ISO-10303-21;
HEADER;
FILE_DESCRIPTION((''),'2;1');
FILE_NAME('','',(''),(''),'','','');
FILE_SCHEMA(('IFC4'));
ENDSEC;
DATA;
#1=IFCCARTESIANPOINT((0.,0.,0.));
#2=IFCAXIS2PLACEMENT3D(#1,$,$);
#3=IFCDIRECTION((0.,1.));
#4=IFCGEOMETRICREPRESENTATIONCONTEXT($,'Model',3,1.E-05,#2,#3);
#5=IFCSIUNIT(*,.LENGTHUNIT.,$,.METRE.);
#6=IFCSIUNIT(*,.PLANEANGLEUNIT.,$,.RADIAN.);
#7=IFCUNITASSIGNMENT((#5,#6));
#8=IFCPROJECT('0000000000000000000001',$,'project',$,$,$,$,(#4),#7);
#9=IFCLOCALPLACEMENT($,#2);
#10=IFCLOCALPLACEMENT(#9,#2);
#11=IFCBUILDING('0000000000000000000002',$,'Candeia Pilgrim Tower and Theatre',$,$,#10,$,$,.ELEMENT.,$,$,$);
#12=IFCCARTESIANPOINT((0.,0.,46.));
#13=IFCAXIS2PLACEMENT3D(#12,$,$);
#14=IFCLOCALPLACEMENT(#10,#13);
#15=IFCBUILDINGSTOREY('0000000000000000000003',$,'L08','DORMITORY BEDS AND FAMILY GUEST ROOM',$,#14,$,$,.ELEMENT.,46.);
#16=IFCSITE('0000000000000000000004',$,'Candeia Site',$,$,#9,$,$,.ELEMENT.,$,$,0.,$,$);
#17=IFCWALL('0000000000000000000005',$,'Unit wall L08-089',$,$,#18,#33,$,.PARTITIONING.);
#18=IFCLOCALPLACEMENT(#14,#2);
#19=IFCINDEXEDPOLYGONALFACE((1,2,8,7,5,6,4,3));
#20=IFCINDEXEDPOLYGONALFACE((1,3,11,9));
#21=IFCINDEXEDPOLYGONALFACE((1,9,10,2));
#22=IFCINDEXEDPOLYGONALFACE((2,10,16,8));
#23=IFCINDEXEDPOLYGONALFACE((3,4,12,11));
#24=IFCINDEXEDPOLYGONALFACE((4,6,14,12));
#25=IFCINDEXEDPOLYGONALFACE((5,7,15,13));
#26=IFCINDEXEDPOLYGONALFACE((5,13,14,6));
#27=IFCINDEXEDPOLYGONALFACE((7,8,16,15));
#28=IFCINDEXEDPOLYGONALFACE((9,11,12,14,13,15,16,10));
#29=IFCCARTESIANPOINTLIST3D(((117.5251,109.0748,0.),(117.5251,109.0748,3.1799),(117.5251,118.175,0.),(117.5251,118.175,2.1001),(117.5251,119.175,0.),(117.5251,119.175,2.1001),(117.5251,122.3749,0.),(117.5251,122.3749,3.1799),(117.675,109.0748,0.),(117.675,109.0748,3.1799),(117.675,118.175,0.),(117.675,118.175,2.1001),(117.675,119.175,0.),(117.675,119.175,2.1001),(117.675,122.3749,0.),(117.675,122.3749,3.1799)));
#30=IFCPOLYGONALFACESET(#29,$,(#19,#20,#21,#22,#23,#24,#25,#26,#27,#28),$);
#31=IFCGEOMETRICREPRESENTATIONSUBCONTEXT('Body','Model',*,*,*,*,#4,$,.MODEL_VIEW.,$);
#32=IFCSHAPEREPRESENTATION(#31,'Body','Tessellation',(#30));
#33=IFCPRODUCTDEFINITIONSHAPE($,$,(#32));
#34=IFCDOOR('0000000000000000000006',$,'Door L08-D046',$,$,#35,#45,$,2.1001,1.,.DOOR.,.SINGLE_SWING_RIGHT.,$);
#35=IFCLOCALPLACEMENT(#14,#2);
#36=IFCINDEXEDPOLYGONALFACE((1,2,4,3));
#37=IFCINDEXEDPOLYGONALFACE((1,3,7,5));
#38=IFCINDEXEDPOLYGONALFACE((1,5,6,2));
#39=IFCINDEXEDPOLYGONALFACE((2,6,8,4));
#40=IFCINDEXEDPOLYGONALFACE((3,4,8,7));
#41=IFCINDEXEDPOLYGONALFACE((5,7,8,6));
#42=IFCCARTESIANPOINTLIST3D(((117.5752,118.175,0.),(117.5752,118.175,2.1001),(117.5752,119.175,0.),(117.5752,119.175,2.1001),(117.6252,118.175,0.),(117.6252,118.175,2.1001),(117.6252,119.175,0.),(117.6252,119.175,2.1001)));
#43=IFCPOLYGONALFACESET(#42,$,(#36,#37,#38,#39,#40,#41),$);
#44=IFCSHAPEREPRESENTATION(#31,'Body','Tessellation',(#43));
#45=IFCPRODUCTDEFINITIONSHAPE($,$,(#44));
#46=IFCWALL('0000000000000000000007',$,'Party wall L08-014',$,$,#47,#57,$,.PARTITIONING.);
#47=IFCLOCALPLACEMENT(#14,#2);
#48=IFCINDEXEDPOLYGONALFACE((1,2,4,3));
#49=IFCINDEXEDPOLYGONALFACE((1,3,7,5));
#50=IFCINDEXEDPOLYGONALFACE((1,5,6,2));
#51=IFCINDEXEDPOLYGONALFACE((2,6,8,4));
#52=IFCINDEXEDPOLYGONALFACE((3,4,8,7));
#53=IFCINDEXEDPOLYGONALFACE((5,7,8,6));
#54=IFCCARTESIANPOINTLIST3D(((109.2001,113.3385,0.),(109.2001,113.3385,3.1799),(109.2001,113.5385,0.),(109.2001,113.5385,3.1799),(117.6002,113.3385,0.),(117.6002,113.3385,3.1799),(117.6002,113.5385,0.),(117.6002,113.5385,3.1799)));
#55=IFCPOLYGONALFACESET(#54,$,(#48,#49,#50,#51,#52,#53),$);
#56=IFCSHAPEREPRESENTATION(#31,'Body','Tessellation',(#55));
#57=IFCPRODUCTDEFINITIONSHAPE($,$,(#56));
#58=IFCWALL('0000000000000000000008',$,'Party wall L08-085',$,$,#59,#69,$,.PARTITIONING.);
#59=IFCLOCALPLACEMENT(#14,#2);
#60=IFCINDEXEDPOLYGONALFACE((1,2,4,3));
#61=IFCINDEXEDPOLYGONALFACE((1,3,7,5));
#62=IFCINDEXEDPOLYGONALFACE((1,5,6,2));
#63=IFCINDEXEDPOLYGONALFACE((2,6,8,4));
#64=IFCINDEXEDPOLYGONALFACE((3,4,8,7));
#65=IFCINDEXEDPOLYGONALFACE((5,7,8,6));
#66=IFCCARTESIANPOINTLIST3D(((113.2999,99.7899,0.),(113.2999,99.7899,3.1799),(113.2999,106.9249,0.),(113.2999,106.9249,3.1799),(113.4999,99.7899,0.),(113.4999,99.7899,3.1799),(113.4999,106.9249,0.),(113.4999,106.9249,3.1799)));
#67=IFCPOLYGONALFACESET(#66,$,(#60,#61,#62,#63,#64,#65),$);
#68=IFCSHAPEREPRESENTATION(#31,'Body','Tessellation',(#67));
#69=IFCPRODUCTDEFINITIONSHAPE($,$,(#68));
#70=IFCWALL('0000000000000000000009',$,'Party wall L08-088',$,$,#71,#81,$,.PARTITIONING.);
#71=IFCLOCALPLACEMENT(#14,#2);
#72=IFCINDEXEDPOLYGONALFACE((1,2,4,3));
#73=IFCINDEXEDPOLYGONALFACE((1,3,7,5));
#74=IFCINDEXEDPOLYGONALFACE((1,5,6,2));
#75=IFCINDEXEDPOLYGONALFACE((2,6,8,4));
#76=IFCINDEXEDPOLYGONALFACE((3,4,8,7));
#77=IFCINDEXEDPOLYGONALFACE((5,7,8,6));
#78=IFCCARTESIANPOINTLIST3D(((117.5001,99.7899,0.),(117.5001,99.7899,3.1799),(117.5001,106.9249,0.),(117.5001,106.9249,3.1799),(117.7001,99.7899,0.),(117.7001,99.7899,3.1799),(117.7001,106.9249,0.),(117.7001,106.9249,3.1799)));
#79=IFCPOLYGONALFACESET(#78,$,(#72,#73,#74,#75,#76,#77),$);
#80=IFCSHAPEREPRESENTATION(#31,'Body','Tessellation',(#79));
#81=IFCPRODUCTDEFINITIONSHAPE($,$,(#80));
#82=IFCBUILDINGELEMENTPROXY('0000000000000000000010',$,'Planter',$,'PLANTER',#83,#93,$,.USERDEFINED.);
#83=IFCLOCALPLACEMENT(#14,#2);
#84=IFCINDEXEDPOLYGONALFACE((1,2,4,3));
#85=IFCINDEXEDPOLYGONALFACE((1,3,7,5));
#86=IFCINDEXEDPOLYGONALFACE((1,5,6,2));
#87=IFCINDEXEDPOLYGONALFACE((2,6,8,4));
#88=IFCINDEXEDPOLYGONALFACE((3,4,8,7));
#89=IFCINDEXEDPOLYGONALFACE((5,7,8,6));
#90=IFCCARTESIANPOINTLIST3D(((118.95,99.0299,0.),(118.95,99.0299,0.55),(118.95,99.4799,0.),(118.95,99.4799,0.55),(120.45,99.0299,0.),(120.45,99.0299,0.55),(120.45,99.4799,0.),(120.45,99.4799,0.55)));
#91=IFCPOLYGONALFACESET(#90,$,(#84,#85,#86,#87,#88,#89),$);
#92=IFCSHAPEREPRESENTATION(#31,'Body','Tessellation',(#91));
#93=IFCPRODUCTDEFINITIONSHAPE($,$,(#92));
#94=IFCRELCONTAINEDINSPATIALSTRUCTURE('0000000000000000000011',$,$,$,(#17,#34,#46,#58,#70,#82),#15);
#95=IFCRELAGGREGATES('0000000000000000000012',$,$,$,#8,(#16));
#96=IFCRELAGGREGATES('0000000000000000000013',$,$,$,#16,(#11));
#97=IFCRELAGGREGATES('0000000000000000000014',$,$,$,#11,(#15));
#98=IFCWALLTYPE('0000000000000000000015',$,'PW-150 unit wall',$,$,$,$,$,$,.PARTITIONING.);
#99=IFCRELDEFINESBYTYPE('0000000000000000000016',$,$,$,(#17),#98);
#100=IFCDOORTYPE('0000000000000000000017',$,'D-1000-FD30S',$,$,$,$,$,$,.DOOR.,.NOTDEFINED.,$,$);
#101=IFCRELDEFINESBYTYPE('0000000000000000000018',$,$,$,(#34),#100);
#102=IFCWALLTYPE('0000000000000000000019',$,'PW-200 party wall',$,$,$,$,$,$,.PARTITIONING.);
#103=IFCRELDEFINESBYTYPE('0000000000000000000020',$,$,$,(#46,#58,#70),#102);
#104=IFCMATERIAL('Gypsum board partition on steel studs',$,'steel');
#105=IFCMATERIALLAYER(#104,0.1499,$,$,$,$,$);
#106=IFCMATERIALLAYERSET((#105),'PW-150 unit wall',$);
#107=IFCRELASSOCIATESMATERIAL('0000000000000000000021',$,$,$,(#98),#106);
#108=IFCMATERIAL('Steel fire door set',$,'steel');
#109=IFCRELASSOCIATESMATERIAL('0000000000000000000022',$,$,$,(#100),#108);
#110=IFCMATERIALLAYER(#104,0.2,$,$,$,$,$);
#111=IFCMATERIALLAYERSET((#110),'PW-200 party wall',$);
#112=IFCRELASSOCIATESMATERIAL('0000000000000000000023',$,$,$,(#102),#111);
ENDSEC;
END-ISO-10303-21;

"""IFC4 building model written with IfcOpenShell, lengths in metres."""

from ifc_helpers import new_model, si_unit, direction, frame, frame_2d, origin, origin_2d, place, context, subcontext, project, spatial, rectangle, extrude, material, layer, layer_set, type_object, element, fill, save


model = new_model("IFC4")

# Units and contexts
model_context = context("Model", 3, precision=1e-05, world=origin(), true_north=direction((0.0, 1.0)))
body_context = subcontext(model_context, "Body", "Model", "MODEL_VIEW")
ifc_project = project(units=[si_unit("LENGTHUNIT", "METRE"), si_unit("PLANEANGLEUNIT", "RADIAN")], contexts=[model_context])

# Site, building, storey
site_placement = place(None, origin())
site = spatial("IfcSite", under=ifc_project, at=site_placement, Name="Candeia Site", CompositionType="ELEMENT", RefElevation=0.0)
building_placement = place(site_placement, origin())
building = spatial("IfcBuilding", under=site, at=building_placement, Name="Candeia Pilgrim Tower and Theatre", CompositionType="ELEMENT")
storey_placement = place(building_placement, frame((0.0, 0.0, 46.0)))
storey = spatial("IfcBuildingStorey", under=building, at=storey_placement, Name="L08", Description="DORMITORY BEDS AND FAMILY GUEST ROOM", CompositionType="ELEMENT", Elevation=46.0)

# Shared definitions
ifc_material_1 = material(Name="Gypsum board partition on steel studs", Category="steel")

# Shared definitions
ifc_layer_1 = layer(ifc_material_1, 0.1499)
ifc_layer_set_1 = layer_set([ifc_layer_1], Name="PW-150 unit wall")
wall_type_1 = type_object("IfcWallType", Name="PW-150 unit wall", PredefinedType="PARTITIONING", material=ifc_layer_set_1)

# Wall, opening, door
wall_1_placement = place(storey_placement, frame((117.6001, 109.075, 0.0), z_axis=(0.0, 0.0, 1.0), x_axis=(0.0, 1.0, 0.0)))
wall_1 = element("IfcWall", 1, at=wall_1_placement, inside=storey, type_object=wall_type_1, Name="Unit wall L08-089", PredefinedType="PARTITIONING", context=body_context, shape_type="SweptSolid", body=[
    extrude(rectangle(XDim=13.3, YDim=0.1499, at=frame_2d((6.6499, 0.0))), origin(), (0.0, 0.0, 1.0), 3.1799),
])
opening_1_placement = place(wall_1_placement, frame((9.1001, 0.0, 0.0)))
opening_1 = element("IfcOpeningElement", 2, at=opening_1_placement, cuts=wall_1, PredefinedType="OPENING", context=body_context, shape_type="SweptSolid", body=[
    extrude(rectangle(XDim=1.0, YDim=2.1001, at=frame_2d((0.5, 1.05))), frame((0.0, 0.085, 0.0), z_axis=(0.0, -1.0, 0.0), x_axis=(1.0, 0.0, 0.0)), (0.0, 0.0, 1.0), 0.1699),
])
ifc_material_2 = material(Name="Steel fire door set", Category="steel")
door_type_1 = type_object("IfcDoorType", Name="D-1000-FD30S", OperationType="NOTDEFINED", PredefinedType="DOOR", material=ifc_material_2)
door_1_placement = place(opening_1_placement, origin())
door_1 = element("IfcDoor", 3, at=door_1_placement, inside=storey, type_object=door_type_1, Name="Door L08-D046", OperationType="SINGLE_SWING_RIGHT", OverallHeight=2.1001, OverallWidth=1.0, PredefinedType="DOOR", context=body_context, shape_type="SweptSolid", body=[
    extrude(rectangle(XDim=1.0, YDim=2.1001, at=frame_2d((0.5, 1.05))), frame((0.0, 0.0249, 0.0), z_axis=(0.0, -1.0, 0.0), x_axis=(1.0, 0.0, 0.0)), (0.0, 0.0, 1.0), 0.05),
])
fill(opening_1, door_1)

# Walls
ifc_layer_2 = layer(ifc_material_1, 0.2)
ifc_layer_set_2 = layer_set([ifc_layer_2], Name="PW-200 party wall")
wall_type_2 = type_object("IfcWallType", Name="PW-200 party wall", PredefinedType="PARTITIONING", material=ifc_layer_set_2)
wall_2_placement = place(storey_placement, frame((109.2, 113.4385, 0.0), z_axis=(0.0, 0.0, 1.0), x_axis=(1.0, 0.0, 0.0)))
element("IfcWall", 4, at=wall_2_placement, inside=storey, type_object=wall_type_2, Name="Party wall L08-014", PredefinedType="PARTITIONING", context=body_context, shape_type="SweptSolid", body=[
    extrude(rectangle(XDim=8.4001, YDim=0.2, at=frame_2d((4.2002, 0.0))), origin(), (0.0, 0.0, 1.0), 3.1799),
])
for number, where, z_axis, x_axis, name in (
    (5, (113.3999, 99.79, 0.0), (0.0, 0.0, 1.0), (0.0, 1.0, 0.0), "Party wall L08-085"),
    (6, (117.6001, 99.79, 0.0), (0.0, 0.0, 1.0), (0.0, 1.0, 0.0), "Party wall L08-088"),
):
    element("IfcWall", number, at=place(storey_placement, frame(where, z_axis=z_axis, x_axis=x_axis)), inside=storey, type_object=wall_type_2, Name=name, PredefinedType="PARTITIONING", context=body_context, shape_type="SweptSolid", body=[
        extrude(rectangle(XDim=7.135, YDim=0.2, at=frame_2d((3.5674, 0.0))), origin(), (0.0, 0.0, 1.0), 3.1799),
    ])

# Building element proxy
proxy_placement = place(storey_placement, frame((119.7, 99.2549, 0.0), z_axis=(0.0, 0.0, 1.0), x_axis=(1.0, 0.0, 0.0)))
element("IfcBuildingElementProxy", 7, at=proxy_placement, inside=storey, Name="Planter", ObjectType="PLANTER", PredefinedType="USERDEFINED", context=body_context, shape_type="SweptSolid", body=[
    extrude(rectangle(XDim=1.5, YDim=0.45, at=origin_2d()), origin(), (0.0, 0.0, 1.0), 0.55),
])

save(model, "model.ifc")
